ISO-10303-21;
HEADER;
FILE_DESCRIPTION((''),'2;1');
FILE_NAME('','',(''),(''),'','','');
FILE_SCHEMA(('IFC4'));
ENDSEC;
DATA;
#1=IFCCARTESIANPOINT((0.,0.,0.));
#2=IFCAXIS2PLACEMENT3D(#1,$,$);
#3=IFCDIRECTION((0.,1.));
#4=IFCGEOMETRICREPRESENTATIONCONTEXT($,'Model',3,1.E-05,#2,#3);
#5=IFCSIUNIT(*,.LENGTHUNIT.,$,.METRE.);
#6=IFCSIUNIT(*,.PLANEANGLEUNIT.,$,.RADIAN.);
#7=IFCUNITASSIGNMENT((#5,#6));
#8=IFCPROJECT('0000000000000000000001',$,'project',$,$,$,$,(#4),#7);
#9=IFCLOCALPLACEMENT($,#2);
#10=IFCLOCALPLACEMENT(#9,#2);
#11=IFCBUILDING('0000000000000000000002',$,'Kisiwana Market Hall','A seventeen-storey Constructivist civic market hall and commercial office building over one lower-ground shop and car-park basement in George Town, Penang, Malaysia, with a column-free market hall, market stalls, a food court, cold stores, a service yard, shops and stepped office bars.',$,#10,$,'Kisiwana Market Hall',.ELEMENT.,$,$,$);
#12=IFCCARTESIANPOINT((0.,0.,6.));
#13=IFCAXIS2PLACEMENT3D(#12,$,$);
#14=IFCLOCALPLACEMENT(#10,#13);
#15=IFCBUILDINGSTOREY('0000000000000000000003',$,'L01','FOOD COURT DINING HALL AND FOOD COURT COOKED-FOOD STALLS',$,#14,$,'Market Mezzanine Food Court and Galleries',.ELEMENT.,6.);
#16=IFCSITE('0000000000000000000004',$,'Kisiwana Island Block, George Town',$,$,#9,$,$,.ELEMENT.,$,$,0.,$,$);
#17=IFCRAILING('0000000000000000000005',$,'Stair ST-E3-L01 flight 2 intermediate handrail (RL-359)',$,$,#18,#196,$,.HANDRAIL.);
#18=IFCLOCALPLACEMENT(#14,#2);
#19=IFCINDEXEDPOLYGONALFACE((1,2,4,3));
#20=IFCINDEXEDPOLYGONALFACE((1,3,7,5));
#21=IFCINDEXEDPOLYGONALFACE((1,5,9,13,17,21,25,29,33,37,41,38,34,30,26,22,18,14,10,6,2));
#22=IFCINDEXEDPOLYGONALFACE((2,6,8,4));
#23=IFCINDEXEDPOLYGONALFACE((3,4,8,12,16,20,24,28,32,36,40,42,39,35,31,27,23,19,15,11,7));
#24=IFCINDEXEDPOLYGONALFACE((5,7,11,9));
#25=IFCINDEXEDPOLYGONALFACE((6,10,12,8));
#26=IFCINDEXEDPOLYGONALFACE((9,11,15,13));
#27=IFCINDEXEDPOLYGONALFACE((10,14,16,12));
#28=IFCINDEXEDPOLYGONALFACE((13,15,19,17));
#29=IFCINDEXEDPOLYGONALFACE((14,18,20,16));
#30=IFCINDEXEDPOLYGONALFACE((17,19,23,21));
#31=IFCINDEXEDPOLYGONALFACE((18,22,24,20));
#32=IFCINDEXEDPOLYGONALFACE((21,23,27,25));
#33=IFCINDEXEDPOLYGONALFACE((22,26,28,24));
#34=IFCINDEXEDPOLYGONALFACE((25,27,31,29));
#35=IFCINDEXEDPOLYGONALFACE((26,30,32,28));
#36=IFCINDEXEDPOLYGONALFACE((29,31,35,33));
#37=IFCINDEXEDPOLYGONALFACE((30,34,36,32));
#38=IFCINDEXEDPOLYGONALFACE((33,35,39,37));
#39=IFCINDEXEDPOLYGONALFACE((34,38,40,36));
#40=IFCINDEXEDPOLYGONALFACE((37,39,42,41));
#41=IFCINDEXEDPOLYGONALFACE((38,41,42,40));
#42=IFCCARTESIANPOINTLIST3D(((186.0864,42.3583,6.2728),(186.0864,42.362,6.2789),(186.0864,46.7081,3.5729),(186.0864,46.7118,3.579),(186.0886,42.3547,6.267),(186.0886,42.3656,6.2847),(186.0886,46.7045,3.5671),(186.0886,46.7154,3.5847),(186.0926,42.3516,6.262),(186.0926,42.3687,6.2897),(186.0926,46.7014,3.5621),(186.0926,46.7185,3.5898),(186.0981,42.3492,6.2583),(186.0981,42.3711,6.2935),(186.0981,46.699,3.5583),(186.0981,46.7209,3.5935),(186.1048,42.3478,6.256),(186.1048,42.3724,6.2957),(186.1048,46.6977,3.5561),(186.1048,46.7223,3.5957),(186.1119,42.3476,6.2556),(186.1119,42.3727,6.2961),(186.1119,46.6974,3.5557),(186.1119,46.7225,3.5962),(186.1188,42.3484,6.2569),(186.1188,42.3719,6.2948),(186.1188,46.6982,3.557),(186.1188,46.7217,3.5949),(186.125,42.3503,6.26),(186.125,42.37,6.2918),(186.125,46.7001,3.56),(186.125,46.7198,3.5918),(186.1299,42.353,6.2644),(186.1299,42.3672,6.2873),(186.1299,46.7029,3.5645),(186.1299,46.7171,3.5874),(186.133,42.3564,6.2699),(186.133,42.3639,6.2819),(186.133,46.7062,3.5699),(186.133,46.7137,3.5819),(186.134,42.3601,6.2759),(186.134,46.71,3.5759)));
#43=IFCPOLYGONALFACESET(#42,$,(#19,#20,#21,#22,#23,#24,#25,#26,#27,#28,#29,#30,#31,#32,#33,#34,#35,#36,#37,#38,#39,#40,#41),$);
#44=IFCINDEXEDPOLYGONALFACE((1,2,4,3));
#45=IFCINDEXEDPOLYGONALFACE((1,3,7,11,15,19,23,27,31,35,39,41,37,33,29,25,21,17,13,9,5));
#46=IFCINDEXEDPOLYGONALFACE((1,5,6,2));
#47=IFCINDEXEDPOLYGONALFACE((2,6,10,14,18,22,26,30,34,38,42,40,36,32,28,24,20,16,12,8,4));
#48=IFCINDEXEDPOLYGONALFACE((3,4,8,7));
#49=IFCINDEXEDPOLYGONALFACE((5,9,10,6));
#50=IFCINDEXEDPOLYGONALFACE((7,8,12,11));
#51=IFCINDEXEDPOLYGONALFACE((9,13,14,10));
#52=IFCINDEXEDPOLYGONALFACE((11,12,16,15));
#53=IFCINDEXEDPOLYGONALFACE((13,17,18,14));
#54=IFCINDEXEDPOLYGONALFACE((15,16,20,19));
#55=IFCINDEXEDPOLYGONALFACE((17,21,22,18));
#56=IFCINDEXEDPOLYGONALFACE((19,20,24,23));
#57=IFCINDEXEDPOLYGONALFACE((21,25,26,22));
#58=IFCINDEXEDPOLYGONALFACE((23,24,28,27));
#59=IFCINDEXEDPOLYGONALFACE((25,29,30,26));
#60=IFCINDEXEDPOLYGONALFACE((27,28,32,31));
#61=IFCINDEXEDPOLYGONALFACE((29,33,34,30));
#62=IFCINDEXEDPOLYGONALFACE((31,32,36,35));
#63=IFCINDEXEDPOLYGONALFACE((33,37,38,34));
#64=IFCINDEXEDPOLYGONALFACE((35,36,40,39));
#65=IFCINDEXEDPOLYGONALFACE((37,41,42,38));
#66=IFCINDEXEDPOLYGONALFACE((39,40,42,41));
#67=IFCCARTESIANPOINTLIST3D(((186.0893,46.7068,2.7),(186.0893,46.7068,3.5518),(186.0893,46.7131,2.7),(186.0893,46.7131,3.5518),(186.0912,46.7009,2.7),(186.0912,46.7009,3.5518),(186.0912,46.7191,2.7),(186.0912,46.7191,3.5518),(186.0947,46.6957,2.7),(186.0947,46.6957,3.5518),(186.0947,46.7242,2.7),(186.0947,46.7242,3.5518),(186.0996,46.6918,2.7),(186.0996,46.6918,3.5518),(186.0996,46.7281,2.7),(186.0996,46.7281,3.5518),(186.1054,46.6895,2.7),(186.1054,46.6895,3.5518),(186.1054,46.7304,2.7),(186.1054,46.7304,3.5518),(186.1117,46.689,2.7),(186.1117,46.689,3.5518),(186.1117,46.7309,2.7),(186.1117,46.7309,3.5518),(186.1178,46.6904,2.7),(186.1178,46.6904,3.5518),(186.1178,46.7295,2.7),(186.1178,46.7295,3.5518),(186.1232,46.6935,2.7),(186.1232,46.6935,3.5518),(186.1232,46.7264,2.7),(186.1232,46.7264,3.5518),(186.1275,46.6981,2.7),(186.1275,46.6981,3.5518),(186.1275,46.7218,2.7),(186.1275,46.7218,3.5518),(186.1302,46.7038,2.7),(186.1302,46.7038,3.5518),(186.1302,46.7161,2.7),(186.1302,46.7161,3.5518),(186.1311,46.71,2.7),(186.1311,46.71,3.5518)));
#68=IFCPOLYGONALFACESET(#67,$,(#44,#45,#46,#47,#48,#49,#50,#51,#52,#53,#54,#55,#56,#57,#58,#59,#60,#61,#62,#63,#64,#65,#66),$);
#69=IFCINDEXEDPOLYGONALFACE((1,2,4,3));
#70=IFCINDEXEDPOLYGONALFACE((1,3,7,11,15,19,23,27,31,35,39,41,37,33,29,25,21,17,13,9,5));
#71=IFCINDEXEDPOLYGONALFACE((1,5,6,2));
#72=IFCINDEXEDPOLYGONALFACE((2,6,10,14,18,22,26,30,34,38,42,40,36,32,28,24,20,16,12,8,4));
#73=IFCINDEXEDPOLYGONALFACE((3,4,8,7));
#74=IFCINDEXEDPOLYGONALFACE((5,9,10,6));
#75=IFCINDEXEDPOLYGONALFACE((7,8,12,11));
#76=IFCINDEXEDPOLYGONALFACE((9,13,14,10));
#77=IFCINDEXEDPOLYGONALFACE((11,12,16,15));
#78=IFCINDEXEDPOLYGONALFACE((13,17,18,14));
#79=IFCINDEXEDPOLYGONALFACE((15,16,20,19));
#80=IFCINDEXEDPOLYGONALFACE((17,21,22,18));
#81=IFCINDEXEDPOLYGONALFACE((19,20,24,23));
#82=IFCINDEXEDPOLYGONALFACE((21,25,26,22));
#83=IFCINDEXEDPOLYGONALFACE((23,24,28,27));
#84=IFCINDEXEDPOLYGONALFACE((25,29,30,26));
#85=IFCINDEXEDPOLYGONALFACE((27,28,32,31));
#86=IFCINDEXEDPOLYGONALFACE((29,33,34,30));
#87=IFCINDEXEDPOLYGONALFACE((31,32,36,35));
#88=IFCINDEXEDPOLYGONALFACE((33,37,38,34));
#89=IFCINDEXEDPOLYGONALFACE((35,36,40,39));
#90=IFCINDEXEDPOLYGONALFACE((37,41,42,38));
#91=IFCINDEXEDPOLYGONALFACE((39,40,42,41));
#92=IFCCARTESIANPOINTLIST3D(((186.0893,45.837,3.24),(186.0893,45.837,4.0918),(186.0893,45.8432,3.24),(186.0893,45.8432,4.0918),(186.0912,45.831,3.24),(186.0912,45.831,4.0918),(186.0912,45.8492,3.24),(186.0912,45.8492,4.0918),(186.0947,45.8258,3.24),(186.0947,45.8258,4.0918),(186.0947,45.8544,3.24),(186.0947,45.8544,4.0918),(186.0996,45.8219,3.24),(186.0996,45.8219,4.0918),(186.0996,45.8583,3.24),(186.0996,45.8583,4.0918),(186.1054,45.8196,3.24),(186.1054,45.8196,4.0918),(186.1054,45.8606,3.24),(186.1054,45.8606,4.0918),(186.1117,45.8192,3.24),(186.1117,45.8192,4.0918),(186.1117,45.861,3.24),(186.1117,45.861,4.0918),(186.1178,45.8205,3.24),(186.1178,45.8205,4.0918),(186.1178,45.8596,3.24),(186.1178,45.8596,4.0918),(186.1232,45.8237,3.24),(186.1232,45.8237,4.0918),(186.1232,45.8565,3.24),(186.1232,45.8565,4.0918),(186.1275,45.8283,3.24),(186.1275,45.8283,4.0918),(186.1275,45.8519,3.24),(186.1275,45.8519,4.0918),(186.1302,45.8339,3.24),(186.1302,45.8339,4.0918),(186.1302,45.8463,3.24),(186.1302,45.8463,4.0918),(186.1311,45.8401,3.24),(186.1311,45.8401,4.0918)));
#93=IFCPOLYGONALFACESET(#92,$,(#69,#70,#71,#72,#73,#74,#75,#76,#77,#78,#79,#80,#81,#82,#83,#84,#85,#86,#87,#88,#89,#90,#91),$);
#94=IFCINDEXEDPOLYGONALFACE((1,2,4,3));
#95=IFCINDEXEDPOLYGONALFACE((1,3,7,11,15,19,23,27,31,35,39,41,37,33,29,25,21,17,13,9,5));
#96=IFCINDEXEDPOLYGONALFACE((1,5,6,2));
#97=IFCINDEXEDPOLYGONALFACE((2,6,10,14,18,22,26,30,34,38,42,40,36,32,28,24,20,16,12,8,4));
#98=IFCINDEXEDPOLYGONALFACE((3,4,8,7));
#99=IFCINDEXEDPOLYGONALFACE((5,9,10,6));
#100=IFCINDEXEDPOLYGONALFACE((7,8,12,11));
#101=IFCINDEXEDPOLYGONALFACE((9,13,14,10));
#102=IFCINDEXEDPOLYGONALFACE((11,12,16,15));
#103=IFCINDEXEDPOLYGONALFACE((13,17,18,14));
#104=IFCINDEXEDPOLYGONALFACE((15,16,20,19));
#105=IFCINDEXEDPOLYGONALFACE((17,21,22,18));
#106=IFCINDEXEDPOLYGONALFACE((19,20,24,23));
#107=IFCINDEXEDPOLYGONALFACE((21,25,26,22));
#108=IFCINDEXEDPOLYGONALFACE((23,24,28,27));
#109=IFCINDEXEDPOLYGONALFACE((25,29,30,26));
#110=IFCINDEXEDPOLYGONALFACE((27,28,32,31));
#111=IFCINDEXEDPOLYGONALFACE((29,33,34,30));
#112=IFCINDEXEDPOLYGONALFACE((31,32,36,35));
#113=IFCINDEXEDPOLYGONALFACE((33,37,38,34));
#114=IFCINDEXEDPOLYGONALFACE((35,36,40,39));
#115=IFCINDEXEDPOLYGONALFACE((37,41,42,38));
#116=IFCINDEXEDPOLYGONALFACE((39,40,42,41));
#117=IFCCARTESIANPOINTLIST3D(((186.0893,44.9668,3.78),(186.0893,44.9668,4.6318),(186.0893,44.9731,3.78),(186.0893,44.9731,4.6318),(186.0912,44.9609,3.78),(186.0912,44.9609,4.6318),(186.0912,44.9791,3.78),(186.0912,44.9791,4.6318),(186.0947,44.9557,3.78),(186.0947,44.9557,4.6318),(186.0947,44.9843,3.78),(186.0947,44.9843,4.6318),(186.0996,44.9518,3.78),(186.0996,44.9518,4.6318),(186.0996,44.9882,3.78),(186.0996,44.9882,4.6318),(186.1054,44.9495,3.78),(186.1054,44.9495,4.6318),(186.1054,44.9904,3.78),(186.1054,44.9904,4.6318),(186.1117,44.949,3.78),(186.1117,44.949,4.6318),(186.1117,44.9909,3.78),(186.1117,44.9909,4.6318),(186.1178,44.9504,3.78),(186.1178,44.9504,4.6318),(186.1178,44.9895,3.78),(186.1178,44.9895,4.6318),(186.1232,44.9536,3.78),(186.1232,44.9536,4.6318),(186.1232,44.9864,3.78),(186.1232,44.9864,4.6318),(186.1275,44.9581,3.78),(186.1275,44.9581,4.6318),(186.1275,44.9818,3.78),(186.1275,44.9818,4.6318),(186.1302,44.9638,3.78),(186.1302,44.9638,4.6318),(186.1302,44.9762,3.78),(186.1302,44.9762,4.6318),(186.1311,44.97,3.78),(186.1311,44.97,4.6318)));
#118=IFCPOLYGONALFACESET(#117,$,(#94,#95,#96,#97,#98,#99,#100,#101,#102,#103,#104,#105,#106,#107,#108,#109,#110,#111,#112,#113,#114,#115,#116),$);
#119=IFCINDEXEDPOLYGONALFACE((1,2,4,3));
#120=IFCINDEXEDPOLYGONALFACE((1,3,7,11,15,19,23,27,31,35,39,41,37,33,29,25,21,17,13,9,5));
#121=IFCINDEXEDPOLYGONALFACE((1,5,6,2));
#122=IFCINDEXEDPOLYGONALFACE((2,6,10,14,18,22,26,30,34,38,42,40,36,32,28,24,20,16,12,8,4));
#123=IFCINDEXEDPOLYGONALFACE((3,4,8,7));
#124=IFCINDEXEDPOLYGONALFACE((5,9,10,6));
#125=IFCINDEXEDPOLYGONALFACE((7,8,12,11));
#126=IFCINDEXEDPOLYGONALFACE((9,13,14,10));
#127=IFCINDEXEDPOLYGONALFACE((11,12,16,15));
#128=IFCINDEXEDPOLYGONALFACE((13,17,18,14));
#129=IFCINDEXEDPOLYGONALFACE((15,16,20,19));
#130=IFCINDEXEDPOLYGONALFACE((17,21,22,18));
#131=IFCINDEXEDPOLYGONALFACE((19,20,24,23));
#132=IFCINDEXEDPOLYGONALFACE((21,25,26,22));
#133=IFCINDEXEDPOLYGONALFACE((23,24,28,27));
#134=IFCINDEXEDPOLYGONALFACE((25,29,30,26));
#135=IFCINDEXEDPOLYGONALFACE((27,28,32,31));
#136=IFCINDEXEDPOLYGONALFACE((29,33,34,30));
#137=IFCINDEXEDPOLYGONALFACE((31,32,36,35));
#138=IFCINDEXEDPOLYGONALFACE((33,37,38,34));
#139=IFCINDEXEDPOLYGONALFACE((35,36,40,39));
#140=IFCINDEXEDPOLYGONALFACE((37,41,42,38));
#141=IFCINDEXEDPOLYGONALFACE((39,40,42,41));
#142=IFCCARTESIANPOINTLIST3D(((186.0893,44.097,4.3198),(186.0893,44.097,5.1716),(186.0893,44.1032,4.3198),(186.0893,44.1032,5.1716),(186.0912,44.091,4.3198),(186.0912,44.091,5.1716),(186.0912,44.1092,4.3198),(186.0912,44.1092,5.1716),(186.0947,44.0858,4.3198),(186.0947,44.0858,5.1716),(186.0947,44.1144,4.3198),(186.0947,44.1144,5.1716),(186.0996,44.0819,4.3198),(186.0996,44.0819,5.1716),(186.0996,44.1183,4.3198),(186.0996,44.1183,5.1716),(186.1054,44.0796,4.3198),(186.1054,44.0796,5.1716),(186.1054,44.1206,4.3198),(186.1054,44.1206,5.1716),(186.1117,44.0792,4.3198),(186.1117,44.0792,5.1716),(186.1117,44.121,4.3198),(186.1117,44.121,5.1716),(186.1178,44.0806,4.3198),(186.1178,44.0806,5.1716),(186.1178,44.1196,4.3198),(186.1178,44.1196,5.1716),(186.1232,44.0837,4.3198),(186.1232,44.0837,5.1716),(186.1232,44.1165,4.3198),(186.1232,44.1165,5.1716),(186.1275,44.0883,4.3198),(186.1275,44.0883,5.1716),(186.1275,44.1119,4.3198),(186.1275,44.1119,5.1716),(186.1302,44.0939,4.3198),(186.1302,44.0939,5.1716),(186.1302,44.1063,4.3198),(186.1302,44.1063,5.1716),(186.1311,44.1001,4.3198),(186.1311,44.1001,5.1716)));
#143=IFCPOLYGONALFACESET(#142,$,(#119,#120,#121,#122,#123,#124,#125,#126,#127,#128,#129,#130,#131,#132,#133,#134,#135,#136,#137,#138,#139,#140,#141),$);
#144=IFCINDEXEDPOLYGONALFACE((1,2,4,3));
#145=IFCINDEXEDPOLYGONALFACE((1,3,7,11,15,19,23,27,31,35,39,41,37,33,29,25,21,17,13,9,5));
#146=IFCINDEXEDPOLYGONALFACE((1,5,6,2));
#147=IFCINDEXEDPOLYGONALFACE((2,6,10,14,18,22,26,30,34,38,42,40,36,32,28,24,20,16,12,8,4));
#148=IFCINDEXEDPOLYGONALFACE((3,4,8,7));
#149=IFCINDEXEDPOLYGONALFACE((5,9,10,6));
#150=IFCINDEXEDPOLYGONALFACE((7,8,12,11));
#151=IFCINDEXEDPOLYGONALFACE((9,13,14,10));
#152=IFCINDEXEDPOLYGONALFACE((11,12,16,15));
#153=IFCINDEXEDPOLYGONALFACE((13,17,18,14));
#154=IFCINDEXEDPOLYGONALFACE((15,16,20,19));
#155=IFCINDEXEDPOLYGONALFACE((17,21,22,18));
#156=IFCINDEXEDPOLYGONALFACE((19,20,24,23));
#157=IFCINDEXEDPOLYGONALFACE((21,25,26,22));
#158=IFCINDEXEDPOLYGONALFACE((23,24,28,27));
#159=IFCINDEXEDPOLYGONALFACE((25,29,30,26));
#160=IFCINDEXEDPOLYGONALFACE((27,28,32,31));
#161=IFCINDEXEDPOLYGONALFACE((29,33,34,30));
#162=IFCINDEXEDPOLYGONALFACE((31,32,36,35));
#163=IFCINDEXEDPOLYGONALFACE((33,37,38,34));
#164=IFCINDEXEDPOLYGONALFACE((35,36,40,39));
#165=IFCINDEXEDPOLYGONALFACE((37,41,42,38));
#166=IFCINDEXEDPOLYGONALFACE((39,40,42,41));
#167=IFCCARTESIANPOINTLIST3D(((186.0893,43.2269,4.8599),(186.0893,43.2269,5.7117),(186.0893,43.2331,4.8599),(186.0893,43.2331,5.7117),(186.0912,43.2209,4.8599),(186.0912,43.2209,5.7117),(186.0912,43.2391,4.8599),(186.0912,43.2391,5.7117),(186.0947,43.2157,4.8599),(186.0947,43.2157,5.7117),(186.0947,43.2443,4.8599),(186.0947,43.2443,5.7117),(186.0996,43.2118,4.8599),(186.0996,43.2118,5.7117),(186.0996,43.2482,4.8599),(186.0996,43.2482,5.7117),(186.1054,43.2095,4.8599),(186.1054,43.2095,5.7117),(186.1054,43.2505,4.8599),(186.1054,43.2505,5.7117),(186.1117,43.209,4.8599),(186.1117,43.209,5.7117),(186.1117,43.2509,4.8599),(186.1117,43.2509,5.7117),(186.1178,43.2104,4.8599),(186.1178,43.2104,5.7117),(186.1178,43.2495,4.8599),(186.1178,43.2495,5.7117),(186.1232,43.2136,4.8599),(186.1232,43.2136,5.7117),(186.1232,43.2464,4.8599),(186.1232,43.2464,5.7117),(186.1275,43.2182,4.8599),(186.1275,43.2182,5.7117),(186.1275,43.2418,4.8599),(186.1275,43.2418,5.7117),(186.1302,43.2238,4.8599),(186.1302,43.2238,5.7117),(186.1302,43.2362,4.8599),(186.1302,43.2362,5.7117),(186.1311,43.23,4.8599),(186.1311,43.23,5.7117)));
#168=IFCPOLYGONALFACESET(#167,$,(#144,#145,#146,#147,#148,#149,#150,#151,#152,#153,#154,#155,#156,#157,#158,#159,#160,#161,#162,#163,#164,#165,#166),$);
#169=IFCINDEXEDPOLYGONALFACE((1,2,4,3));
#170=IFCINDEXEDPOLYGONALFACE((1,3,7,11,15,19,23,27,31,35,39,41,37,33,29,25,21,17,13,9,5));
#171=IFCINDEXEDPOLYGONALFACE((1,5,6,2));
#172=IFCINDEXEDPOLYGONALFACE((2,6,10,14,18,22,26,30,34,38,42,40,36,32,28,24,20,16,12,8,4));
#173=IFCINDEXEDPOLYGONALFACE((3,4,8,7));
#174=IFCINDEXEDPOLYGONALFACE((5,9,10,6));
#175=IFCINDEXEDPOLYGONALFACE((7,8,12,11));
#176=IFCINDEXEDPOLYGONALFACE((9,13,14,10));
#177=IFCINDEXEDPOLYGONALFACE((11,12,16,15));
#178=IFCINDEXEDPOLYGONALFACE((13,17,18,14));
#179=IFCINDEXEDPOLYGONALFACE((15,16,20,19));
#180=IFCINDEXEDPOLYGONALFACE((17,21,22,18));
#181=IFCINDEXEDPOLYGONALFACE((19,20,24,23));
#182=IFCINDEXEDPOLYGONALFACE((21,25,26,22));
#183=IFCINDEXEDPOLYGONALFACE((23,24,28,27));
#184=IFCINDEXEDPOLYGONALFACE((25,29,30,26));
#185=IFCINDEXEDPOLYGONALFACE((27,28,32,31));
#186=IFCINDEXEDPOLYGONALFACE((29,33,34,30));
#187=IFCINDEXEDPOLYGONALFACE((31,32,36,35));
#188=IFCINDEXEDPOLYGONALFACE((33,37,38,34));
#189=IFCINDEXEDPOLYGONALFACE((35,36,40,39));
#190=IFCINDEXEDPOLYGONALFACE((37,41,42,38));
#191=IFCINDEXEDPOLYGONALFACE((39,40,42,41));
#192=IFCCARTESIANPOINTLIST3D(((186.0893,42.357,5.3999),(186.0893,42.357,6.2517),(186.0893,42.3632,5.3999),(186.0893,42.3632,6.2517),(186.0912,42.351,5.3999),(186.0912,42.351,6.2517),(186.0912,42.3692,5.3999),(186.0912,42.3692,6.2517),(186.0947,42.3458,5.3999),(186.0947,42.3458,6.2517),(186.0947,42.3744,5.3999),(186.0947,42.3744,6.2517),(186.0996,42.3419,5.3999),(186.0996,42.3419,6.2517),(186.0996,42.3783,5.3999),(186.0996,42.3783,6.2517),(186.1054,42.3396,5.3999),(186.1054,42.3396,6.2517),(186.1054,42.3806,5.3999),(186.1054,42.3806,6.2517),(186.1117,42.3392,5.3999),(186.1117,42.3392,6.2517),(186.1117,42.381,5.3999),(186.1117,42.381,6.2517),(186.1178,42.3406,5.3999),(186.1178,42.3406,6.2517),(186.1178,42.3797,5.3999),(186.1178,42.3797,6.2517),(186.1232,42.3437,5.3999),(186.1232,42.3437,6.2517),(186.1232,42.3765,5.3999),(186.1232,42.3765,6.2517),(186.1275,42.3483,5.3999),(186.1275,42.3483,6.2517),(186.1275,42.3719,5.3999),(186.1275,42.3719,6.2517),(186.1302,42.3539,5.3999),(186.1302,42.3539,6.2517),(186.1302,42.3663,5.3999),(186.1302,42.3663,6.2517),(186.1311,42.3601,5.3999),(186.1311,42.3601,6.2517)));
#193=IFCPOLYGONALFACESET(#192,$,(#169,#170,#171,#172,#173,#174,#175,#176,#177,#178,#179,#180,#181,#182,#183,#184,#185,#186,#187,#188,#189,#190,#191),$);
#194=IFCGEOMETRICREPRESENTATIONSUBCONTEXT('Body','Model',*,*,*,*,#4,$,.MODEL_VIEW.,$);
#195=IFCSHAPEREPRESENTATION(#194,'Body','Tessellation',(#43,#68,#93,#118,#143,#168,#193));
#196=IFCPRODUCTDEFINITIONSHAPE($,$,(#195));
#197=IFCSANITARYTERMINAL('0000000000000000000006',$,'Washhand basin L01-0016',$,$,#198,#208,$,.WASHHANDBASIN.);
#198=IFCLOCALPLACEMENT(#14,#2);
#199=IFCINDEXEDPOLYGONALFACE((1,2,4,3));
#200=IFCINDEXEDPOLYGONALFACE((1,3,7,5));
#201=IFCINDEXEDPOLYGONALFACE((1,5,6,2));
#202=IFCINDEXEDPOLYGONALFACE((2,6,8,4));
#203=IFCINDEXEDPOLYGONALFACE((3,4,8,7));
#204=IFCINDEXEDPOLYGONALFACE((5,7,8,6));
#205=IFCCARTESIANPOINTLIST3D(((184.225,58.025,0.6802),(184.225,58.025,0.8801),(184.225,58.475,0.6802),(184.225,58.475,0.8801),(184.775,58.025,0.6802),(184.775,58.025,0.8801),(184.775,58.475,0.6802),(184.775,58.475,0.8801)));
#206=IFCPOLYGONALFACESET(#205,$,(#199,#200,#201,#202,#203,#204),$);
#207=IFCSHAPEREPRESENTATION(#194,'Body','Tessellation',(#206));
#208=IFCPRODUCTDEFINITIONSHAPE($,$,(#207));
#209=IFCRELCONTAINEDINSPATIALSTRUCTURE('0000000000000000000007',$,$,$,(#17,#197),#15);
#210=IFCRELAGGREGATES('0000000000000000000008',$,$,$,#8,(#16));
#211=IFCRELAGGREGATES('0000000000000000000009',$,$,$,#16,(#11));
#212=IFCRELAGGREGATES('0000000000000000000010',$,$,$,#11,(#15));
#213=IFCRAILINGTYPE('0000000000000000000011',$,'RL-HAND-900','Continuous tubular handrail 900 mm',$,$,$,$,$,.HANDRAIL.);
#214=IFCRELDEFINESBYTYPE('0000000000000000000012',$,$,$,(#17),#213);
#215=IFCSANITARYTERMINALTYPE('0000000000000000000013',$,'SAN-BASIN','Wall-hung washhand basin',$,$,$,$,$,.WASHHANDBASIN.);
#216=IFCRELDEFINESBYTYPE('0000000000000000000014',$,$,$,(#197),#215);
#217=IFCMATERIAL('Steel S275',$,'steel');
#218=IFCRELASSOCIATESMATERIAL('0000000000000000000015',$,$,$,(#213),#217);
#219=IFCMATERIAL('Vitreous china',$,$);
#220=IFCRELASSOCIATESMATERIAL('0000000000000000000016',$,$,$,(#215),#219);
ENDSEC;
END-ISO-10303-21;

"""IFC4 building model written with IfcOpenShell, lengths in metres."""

from ifc_helpers import new_model, si_unit, direction, frame, origin, origin_2d, place, context, subcontext, project, spatial, rectangle, circle, extrude, material, type_object, element, save


model = new_model("IFC4")

# Units and contexts
model_context = context("Model", 3, precision=1e-05, world=origin(), true_north=direction((0.0, 1.0)))
body_context = subcontext(model_context, "Body", "Model", "MODEL_VIEW")
ifc_project = project(units=[si_unit("LENGTHUNIT", "METRE"), si_unit("PLANEANGLEUNIT", "RADIAN")], contexts=[model_context])

# Site, building, storey
site_placement = place(None, origin())
site = spatial("IfcSite", under=ifc_project, at=site_placement, Name="Kisiwana Island Block, George Town", CompositionType="ELEMENT", RefElevation=0.0)
building_placement = place(site_placement, origin())
building = spatial("IfcBuilding", under=site, at=building_placement, Name="Kisiwana Market Hall", Description="A seventeen-storey Constructivist civic market hall and commercial office building over one lower-ground shop and car-park basement in George Town, Penang, Malaysia, with a column-free market hall, market stalls, a food court, cold stores, a service yard, shops and stepped office bars.", LongName="Kisiwana Market Hall", CompositionType="ELEMENT")
storey_placement = place(building_placement, frame((0.0, 0.0, 6.0)))
storey = spatial("IfcBuildingStorey", under=building, at=storey_placement, Name="L01", Description="FOOD COURT DINING HALL AND FOOD COURT COOKED-FOOD STALLS", LongName="Market Mezzanine Food Court and Galleries", CompositionType="ELEMENT", Elevation=6.0)

# Railing
ifc_material_1 = material(Name="Steel S275", Category="steel")
railing_type_1 = type_object("IfcRailingType", Name="RL-HAND-900", Description="Continuous tubular handrail 900 mm", PredefinedType="HANDRAIL", material=ifc_material_1)
railing_1_placement = place(storey_placement, frame((186.1101, 46.71, 2.7)))
element("IfcRailing", 1, at=railing_1_placement, inside=storey, type_object=railing_type_1, Name="Stair ST-E3-L01 flight 2 intermediate handrail (RL-359)", PredefinedType="HANDRAIL", context=body_context, shape_type="SweptSolid", body=[
    extrude(circle(Radius=0.0239, at=origin_2d()), frame((0.0, 0.0, 0.876), z_axis=(0.0, -0.849636, 0.527369), x_axis=(1.0, 0.0, 0.0)), (0.0, 0.0, 1.0), 5.1196),
    extrude(circle(Radius=0.021, at=origin_2d()), origin(), (0.0, 0.0, 1.0), 0.8518),
    extrude(circle(Radius=0.021, at=origin_2d()), frame((0.0, -0.8699, 0.54)), (0.0, 0.0, 1.0), 0.8518),
    extrude(circle(Radius=0.021, at=origin_2d()), frame((0.0, -1.74, 1.0801)), (0.0, 0.0, 1.0), 0.8518),
    extrude(circle(Radius=0.021, at=origin_2d()), frame((0.0, -2.6099, 1.6199)), (0.0, 0.0, 1.0), 0.8518),
    extrude(circle(Radius=0.021, at=origin_2d()), frame((0.0, -3.48, 2.1599)), (0.0, 0.0, 1.0), 0.8518),
    extrude(circle(Radius=0.021, at=origin_2d()), frame((0.0, -4.3499, 2.7)), (0.0, 0.0, 1.0), 0.8518),
])

# Sanitary terminal
ifc_material_2 = material(Name="Vitreous china")
sanitary_terminal_type_1 = type_object("IfcSanitaryTerminalType", Name="SAN-BASIN", Description="Wall-hung washhand basin", PredefinedType="WASHHANDBASIN", material=ifc_material_2)
sanitary_terminal_1_placement = place(storey_placement, frame((184.5, 58.25, 0.6802), z_axis=(0.0, 0.0, 1.0), x_axis=(1.0, 0.0, 0.0)))
element("IfcSanitaryTerminal", 2, at=sanitary_terminal_1_placement, inside=storey, type_object=sanitary_terminal_type_1, Name="Washhand basin L01-0016", PredefinedType="WASHHANDBASIN", context=body_context, shape_type="SweptSolid", body=[
    extrude(rectangle(XDim=0.55, YDim=0.45, at=origin_2d()), origin(), (0.0, 0.0, 1.0), 0.2),
])

save(model, "model.ifc")
